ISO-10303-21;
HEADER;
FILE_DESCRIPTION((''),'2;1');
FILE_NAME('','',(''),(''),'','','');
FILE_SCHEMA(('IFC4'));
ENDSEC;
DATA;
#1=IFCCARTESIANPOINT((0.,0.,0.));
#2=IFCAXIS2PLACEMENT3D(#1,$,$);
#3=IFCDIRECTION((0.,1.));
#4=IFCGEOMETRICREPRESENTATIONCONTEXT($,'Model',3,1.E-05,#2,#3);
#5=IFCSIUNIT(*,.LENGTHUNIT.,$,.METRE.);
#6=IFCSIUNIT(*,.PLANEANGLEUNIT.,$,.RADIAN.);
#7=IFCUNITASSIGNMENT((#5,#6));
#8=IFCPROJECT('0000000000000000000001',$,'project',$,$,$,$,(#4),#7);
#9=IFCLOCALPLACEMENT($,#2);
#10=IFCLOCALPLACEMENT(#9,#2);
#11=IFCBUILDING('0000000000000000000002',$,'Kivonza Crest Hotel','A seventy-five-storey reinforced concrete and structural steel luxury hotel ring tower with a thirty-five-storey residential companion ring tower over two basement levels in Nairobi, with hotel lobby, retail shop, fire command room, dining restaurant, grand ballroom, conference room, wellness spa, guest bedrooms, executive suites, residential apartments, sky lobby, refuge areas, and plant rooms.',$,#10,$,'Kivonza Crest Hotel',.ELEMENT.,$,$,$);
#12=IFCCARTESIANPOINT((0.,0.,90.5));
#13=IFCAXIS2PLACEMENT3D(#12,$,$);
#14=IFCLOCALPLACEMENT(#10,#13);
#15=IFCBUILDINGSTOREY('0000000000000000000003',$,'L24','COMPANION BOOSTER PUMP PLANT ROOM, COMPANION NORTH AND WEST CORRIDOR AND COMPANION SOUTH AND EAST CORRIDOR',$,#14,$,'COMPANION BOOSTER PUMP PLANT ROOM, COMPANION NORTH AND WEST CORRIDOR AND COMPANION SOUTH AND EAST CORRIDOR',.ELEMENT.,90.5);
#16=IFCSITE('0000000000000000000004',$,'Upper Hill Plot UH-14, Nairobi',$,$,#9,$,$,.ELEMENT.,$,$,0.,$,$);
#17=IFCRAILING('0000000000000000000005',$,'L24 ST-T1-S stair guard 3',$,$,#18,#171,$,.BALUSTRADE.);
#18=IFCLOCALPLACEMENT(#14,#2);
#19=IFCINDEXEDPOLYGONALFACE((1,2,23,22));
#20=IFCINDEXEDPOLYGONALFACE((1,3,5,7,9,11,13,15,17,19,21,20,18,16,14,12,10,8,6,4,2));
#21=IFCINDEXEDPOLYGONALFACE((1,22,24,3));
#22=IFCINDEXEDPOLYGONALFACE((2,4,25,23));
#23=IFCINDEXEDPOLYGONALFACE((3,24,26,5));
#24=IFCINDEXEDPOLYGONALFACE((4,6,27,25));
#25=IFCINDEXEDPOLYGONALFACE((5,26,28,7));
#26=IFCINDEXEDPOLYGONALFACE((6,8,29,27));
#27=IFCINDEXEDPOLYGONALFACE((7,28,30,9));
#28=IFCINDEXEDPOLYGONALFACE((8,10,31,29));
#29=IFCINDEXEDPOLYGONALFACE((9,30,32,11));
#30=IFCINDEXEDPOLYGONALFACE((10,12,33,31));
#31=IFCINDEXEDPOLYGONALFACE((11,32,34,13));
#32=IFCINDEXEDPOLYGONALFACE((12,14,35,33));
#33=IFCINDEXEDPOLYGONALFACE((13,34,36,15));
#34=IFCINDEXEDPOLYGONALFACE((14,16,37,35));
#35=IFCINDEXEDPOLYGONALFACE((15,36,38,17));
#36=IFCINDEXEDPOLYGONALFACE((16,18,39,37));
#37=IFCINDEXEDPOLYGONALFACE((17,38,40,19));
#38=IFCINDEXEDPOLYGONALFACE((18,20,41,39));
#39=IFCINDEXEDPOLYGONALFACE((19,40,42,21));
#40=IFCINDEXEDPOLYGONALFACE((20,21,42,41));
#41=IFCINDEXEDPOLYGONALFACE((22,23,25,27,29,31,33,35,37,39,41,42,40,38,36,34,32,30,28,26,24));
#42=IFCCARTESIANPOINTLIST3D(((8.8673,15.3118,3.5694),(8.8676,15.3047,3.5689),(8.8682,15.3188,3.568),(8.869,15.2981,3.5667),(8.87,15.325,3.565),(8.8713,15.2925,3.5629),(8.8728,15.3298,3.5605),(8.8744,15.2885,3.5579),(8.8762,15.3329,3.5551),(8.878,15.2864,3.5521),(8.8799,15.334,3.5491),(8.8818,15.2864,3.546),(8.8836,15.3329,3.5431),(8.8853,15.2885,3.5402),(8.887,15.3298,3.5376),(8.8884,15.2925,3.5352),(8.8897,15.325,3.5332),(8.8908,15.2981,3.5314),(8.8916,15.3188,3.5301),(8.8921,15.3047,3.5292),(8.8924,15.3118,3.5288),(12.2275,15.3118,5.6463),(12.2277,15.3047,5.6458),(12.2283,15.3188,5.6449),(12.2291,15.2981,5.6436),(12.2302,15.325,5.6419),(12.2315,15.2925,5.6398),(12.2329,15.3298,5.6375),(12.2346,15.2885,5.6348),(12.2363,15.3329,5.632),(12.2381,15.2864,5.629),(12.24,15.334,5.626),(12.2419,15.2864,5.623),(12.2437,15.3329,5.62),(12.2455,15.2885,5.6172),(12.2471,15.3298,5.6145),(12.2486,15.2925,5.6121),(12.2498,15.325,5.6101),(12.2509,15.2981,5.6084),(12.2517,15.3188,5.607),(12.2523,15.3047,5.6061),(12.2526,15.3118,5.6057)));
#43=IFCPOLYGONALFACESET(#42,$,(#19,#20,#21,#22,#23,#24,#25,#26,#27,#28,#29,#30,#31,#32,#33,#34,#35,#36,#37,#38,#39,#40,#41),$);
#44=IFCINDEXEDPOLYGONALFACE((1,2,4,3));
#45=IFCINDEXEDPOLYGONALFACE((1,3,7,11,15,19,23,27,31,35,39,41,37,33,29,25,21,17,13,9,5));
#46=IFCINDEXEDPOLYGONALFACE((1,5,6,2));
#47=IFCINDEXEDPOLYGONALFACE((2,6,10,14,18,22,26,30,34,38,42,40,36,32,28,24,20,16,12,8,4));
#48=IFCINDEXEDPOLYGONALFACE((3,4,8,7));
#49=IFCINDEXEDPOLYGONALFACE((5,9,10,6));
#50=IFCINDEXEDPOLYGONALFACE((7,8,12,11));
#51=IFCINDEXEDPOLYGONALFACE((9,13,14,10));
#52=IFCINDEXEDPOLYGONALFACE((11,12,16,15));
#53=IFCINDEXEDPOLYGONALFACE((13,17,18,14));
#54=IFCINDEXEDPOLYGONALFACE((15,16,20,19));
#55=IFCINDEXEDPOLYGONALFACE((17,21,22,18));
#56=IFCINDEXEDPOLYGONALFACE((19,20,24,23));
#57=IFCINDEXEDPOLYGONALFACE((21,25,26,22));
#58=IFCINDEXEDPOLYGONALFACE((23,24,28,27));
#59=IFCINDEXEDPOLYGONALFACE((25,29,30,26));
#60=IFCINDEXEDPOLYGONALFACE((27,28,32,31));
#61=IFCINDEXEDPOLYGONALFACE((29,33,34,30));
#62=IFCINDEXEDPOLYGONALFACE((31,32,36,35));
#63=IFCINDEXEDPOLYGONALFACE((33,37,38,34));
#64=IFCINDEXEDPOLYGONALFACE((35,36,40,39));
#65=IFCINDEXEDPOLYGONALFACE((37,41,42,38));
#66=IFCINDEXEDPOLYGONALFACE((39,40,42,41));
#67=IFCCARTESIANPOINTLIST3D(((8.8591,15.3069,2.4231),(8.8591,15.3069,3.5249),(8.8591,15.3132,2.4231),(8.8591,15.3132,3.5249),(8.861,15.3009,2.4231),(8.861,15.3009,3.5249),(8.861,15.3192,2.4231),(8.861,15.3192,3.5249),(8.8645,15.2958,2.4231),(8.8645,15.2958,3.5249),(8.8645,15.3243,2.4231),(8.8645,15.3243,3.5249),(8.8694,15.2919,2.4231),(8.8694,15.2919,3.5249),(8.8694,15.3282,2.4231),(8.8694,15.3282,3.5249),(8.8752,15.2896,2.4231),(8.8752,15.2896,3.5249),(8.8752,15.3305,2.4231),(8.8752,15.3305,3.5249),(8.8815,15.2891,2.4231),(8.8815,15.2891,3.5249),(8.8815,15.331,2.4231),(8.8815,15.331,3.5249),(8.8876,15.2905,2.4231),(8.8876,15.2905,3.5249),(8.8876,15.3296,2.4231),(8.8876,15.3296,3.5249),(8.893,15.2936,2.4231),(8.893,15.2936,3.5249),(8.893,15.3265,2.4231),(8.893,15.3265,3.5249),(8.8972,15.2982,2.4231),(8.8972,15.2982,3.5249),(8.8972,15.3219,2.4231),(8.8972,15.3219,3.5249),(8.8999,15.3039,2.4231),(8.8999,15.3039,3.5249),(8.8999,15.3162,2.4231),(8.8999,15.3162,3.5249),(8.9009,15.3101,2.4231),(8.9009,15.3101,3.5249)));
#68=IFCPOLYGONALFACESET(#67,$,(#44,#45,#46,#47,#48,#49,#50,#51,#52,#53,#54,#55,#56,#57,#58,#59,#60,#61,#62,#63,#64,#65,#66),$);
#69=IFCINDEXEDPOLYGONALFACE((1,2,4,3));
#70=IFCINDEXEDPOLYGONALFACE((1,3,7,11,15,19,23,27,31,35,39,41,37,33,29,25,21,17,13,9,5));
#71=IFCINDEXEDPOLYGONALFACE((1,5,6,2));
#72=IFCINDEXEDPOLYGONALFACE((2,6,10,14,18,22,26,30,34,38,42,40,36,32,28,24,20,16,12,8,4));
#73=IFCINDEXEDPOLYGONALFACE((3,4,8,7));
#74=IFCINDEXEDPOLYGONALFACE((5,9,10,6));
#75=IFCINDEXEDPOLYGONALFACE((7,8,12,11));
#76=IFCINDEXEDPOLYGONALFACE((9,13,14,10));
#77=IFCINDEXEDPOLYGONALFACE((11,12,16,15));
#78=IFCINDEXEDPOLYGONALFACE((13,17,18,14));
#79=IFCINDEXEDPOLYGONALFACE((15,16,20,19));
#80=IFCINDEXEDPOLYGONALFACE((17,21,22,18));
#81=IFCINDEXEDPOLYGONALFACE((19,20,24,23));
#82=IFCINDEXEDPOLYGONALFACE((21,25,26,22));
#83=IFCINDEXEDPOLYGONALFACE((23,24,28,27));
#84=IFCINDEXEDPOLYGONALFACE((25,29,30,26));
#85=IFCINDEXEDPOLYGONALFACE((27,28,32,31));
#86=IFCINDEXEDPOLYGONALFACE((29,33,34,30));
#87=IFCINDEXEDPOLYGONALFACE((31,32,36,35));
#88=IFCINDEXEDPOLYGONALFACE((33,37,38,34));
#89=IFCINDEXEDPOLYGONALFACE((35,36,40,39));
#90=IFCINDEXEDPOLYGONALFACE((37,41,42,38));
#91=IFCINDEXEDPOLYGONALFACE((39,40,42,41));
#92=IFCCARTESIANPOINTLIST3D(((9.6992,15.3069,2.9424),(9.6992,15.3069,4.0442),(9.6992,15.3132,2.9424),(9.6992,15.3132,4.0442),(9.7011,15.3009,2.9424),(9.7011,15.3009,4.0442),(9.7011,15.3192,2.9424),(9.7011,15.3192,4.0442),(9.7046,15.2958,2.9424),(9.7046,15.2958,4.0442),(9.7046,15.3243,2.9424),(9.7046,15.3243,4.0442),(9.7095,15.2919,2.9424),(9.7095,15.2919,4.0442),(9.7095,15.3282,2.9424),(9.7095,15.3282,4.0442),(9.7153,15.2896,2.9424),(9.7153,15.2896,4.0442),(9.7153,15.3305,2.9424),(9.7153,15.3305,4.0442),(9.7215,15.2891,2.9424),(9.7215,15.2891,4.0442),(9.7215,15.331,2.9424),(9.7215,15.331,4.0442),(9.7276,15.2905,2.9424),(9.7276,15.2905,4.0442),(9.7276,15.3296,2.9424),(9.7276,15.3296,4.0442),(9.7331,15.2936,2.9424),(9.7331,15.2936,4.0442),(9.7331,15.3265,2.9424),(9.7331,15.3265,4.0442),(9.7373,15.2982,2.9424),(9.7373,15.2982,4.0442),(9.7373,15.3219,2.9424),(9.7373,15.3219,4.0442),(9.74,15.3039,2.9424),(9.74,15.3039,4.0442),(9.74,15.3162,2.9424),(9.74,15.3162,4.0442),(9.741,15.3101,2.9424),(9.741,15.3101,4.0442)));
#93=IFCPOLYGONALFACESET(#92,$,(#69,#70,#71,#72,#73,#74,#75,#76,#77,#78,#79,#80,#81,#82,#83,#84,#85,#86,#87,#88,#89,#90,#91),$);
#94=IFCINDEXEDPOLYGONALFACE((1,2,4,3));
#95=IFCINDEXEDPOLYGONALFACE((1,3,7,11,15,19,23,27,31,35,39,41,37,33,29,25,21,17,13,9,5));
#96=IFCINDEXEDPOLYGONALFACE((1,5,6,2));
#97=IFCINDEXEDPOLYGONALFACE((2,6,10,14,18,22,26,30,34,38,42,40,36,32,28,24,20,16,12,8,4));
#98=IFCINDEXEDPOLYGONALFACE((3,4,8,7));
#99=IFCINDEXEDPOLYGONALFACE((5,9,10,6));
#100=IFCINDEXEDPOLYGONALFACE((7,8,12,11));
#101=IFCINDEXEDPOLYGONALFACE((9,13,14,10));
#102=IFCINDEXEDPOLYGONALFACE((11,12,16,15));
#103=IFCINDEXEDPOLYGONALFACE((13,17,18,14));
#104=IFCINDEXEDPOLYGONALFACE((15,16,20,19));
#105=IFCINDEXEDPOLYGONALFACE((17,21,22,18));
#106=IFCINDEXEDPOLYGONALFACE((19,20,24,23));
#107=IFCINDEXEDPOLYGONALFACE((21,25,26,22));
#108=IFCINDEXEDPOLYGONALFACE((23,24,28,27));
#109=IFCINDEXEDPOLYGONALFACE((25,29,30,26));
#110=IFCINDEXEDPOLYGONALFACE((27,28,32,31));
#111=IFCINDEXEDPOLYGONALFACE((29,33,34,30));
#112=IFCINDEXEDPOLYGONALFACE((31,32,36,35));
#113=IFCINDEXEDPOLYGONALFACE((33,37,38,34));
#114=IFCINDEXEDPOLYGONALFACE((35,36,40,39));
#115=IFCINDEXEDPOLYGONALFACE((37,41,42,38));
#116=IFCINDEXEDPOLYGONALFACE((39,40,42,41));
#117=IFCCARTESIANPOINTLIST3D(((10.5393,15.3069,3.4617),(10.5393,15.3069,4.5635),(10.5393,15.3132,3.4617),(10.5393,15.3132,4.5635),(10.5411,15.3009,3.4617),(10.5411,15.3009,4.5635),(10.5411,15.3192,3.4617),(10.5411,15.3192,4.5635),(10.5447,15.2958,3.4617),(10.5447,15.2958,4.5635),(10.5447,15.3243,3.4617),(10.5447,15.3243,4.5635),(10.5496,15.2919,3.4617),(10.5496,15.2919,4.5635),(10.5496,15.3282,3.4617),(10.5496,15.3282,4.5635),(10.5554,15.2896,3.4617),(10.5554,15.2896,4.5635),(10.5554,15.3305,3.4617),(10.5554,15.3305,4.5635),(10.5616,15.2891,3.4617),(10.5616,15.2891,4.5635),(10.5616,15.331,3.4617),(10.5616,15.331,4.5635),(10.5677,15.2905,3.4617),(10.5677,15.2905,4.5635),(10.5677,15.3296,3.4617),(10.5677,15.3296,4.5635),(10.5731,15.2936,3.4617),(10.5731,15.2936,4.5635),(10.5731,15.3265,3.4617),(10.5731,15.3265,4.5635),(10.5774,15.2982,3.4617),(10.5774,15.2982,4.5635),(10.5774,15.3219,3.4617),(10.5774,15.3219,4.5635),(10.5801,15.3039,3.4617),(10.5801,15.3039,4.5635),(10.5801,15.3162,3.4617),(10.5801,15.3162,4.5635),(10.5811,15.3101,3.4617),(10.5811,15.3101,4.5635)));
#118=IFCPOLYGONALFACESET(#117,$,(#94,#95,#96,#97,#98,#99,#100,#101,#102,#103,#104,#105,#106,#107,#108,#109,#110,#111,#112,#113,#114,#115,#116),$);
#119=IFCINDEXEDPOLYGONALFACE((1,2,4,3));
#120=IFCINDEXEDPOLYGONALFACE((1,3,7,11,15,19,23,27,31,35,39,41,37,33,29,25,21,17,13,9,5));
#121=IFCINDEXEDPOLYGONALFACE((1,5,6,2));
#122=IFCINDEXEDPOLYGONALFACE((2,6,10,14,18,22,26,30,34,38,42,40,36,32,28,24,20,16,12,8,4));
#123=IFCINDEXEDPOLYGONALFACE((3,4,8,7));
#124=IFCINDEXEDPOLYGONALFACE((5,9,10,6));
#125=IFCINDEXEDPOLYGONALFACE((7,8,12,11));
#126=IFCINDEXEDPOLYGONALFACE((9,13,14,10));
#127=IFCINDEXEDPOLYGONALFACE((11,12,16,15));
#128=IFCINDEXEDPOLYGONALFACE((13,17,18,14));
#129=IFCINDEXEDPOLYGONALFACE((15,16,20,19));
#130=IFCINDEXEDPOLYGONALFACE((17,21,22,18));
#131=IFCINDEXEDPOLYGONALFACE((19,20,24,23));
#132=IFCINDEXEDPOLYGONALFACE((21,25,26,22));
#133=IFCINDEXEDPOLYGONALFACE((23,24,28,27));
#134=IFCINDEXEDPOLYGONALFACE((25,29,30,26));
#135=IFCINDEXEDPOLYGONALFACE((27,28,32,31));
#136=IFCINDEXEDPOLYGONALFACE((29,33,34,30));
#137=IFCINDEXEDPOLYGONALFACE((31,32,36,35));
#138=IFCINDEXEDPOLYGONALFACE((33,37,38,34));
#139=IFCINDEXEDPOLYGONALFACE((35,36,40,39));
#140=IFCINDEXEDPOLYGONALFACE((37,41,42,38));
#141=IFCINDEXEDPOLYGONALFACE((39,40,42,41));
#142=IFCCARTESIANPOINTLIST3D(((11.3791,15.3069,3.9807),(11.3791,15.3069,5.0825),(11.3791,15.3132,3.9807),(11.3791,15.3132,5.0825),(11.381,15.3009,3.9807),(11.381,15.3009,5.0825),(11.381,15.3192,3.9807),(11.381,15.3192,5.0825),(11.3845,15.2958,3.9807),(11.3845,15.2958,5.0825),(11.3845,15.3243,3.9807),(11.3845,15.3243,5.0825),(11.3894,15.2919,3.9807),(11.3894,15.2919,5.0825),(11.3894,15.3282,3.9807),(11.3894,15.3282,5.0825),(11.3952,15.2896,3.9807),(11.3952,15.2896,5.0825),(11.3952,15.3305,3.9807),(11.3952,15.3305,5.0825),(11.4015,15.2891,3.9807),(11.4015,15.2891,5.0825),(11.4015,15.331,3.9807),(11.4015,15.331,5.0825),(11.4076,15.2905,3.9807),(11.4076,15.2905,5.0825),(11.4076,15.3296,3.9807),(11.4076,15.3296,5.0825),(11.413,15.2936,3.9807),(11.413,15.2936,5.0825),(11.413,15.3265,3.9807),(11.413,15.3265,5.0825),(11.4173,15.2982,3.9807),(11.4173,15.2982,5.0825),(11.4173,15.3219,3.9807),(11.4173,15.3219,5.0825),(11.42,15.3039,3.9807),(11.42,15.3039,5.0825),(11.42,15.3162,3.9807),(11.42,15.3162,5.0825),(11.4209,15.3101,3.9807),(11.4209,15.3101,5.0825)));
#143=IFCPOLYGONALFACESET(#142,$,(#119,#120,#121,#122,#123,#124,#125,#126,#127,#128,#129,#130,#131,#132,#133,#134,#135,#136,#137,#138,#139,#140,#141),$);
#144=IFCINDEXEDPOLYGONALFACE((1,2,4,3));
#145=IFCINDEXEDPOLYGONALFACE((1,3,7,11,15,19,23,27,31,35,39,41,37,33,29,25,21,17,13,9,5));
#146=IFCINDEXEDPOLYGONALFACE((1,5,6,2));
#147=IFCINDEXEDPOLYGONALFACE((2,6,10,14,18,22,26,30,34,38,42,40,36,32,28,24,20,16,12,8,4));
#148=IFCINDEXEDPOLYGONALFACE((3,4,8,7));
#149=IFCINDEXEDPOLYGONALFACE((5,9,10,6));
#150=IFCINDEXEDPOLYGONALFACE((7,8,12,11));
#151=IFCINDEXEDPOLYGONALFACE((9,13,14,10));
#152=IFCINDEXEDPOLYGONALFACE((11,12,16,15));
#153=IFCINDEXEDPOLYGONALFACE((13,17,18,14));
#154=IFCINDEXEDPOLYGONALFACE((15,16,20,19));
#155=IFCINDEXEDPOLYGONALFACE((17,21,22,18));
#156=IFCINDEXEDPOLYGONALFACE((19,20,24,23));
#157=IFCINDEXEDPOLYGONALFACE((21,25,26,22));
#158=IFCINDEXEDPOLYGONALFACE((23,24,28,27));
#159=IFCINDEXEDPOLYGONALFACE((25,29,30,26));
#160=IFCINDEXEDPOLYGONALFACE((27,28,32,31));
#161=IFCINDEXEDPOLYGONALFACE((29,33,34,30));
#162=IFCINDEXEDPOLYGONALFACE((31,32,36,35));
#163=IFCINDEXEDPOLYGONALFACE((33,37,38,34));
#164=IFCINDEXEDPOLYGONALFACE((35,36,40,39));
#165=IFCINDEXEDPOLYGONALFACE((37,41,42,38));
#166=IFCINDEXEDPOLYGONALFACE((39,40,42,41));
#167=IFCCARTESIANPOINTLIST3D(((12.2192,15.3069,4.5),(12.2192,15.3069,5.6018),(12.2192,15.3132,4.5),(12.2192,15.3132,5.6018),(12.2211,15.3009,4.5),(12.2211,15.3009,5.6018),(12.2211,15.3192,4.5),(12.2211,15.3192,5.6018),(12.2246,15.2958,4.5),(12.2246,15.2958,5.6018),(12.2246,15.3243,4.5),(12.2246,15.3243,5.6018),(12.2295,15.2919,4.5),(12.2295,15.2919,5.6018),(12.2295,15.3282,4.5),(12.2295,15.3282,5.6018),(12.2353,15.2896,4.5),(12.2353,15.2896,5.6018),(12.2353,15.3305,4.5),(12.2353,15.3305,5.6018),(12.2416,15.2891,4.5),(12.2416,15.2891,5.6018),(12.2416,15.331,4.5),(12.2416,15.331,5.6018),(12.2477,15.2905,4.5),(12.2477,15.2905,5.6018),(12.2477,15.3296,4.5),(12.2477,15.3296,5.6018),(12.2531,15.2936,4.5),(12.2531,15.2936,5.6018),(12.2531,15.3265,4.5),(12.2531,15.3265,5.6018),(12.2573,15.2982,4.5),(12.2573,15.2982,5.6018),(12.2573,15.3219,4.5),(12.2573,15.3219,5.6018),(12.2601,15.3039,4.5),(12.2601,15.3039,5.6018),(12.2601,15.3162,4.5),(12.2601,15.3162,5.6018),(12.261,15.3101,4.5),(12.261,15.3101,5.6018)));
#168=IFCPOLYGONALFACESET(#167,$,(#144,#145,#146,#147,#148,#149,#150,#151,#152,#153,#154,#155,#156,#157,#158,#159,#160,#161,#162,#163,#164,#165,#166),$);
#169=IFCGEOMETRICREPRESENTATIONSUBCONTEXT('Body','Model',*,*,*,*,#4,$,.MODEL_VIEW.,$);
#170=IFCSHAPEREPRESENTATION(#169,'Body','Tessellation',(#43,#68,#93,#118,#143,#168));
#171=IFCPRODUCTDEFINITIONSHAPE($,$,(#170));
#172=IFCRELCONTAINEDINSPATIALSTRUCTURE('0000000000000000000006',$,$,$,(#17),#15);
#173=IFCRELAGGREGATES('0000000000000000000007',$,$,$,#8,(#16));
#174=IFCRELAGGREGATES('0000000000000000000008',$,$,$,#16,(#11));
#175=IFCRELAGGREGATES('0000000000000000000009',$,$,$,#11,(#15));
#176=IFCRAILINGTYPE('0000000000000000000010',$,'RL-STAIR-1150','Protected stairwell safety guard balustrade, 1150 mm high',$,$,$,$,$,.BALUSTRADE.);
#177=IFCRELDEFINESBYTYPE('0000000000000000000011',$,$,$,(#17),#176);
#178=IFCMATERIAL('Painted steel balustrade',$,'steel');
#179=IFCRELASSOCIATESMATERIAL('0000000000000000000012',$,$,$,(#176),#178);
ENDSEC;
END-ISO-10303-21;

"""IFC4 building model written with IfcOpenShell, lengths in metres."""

from ifc_helpers import new_model, si_unit, direction, frame, origin, origin_2d, place, context, subcontext, project, spatial, circle, extrude, material, type_object, element, save


model = new_model("IFC4")

# Units and contexts
model_context = context("Model", 3, precision=1e-05, world=origin(), true_north=direction((0.0, 1.0)))
body_context = subcontext(model_context, "Body", "Model", "MODEL_VIEW")
ifc_project = project(units=[si_unit("LENGTHUNIT", "METRE"), si_unit("PLANEANGLEUNIT", "RADIAN")], contexts=[model_context])

# Site, building, storey
site_placement = place(None, origin())
site = spatial("IfcSite", under=ifc_project, at=site_placement, Name="Upper Hill Plot UH-14, Nairobi", CompositionType="ELEMENT", RefElevation=0.0)
building_placement = place(site_placement, origin())
building = spatial("IfcBuilding", under=site, at=building_placement, Name="Kivonza Crest Hotel", Description="A seventy-five-storey reinforced concrete and structural steel luxury hotel ring tower with a thirty-five-storey residential companion ring tower over two basement levels in Nairobi, with hotel lobby, retail shop, fire command room, dining restaurant, grand ballroom, conference room, wellness spa, guest bedrooms, executive suites, residential apartments, sky lobby, refuge areas, and plant rooms.", LongName="Kivonza Crest Hotel", CompositionType="ELEMENT")
storey_placement = place(building_placement, frame((0.0, 0.0, 90.5)))
storey = spatial("IfcBuildingStorey", under=building, at=storey_placement, Name="L24", Description="COMPANION BOOSTER PUMP PLANT ROOM, COMPANION NORTH AND WEST CORRIDOR AND COMPANION SOUTH AND EAST CORRIDOR", LongName="COMPANION BOOSTER PUMP PLANT ROOM, COMPANION NORTH AND WEST CORRIDOR AND COMPANION SOUTH AND EAST CORRIDOR", CompositionType="ELEMENT", Elevation=90.5)

# Railing
ifc_material_1 = material(Name="Painted steel balustrade", Category="steel")
railing_type_1 = type_object("IfcRailingType", Name="RL-STAIR-1150", Description="Protected stairwell safety guard balustrade, 1150 mm high", PredefinedType="BALUSTRADE", material=ifc_material_1)
railing_1_placement = place(storey_placement, frame((8.8799, 15.3101, 2.4231)))
element("IfcRailing", 1, at=railing_1_placement, inside=storey, type_object=railing_type_1, Name="L24 ST-T1-S stair guard 3", PredefinedType="BALUSTRADE", context=body_context, shape_type="SweptSolid", body=[
    extrude(circle(Radius=0.0239, at=origin_2d()), frame((0.0, 0.0, 1.126), z_axis=(0.850623, 0.0, 0.525776), x_axis=(0.0, 1.0, 0.0)), (0.0, 0.0, 1.0), 3.9502),
    extrude(circle(Radius=0.021, at=origin_2d()), origin(), (0.0, 0.0, 1.0), 1.1018),
    extrude(circle(Radius=0.021, at=origin_2d()), frame((0.8401, 0.0, 0.5193)), (0.0, 0.0, 1.0), 1.1018),
    extrude(circle(Radius=0.021, at=origin_2d()), frame((1.6802, 0.0, 1.0386)), (0.0, 0.0, 1.0), 1.1018),
    extrude(circle(Radius=0.021, at=origin_2d()), frame((2.52, 0.0, 1.5576)), (0.0, 0.0, 1.0), 1.1018),
    extrude(circle(Radius=0.021, at=origin_2d()), frame((3.3601, 0.0, 2.0769)), (0.0, 0.0, 1.0), 1.1018),
])

save(model, "model.ifc")
